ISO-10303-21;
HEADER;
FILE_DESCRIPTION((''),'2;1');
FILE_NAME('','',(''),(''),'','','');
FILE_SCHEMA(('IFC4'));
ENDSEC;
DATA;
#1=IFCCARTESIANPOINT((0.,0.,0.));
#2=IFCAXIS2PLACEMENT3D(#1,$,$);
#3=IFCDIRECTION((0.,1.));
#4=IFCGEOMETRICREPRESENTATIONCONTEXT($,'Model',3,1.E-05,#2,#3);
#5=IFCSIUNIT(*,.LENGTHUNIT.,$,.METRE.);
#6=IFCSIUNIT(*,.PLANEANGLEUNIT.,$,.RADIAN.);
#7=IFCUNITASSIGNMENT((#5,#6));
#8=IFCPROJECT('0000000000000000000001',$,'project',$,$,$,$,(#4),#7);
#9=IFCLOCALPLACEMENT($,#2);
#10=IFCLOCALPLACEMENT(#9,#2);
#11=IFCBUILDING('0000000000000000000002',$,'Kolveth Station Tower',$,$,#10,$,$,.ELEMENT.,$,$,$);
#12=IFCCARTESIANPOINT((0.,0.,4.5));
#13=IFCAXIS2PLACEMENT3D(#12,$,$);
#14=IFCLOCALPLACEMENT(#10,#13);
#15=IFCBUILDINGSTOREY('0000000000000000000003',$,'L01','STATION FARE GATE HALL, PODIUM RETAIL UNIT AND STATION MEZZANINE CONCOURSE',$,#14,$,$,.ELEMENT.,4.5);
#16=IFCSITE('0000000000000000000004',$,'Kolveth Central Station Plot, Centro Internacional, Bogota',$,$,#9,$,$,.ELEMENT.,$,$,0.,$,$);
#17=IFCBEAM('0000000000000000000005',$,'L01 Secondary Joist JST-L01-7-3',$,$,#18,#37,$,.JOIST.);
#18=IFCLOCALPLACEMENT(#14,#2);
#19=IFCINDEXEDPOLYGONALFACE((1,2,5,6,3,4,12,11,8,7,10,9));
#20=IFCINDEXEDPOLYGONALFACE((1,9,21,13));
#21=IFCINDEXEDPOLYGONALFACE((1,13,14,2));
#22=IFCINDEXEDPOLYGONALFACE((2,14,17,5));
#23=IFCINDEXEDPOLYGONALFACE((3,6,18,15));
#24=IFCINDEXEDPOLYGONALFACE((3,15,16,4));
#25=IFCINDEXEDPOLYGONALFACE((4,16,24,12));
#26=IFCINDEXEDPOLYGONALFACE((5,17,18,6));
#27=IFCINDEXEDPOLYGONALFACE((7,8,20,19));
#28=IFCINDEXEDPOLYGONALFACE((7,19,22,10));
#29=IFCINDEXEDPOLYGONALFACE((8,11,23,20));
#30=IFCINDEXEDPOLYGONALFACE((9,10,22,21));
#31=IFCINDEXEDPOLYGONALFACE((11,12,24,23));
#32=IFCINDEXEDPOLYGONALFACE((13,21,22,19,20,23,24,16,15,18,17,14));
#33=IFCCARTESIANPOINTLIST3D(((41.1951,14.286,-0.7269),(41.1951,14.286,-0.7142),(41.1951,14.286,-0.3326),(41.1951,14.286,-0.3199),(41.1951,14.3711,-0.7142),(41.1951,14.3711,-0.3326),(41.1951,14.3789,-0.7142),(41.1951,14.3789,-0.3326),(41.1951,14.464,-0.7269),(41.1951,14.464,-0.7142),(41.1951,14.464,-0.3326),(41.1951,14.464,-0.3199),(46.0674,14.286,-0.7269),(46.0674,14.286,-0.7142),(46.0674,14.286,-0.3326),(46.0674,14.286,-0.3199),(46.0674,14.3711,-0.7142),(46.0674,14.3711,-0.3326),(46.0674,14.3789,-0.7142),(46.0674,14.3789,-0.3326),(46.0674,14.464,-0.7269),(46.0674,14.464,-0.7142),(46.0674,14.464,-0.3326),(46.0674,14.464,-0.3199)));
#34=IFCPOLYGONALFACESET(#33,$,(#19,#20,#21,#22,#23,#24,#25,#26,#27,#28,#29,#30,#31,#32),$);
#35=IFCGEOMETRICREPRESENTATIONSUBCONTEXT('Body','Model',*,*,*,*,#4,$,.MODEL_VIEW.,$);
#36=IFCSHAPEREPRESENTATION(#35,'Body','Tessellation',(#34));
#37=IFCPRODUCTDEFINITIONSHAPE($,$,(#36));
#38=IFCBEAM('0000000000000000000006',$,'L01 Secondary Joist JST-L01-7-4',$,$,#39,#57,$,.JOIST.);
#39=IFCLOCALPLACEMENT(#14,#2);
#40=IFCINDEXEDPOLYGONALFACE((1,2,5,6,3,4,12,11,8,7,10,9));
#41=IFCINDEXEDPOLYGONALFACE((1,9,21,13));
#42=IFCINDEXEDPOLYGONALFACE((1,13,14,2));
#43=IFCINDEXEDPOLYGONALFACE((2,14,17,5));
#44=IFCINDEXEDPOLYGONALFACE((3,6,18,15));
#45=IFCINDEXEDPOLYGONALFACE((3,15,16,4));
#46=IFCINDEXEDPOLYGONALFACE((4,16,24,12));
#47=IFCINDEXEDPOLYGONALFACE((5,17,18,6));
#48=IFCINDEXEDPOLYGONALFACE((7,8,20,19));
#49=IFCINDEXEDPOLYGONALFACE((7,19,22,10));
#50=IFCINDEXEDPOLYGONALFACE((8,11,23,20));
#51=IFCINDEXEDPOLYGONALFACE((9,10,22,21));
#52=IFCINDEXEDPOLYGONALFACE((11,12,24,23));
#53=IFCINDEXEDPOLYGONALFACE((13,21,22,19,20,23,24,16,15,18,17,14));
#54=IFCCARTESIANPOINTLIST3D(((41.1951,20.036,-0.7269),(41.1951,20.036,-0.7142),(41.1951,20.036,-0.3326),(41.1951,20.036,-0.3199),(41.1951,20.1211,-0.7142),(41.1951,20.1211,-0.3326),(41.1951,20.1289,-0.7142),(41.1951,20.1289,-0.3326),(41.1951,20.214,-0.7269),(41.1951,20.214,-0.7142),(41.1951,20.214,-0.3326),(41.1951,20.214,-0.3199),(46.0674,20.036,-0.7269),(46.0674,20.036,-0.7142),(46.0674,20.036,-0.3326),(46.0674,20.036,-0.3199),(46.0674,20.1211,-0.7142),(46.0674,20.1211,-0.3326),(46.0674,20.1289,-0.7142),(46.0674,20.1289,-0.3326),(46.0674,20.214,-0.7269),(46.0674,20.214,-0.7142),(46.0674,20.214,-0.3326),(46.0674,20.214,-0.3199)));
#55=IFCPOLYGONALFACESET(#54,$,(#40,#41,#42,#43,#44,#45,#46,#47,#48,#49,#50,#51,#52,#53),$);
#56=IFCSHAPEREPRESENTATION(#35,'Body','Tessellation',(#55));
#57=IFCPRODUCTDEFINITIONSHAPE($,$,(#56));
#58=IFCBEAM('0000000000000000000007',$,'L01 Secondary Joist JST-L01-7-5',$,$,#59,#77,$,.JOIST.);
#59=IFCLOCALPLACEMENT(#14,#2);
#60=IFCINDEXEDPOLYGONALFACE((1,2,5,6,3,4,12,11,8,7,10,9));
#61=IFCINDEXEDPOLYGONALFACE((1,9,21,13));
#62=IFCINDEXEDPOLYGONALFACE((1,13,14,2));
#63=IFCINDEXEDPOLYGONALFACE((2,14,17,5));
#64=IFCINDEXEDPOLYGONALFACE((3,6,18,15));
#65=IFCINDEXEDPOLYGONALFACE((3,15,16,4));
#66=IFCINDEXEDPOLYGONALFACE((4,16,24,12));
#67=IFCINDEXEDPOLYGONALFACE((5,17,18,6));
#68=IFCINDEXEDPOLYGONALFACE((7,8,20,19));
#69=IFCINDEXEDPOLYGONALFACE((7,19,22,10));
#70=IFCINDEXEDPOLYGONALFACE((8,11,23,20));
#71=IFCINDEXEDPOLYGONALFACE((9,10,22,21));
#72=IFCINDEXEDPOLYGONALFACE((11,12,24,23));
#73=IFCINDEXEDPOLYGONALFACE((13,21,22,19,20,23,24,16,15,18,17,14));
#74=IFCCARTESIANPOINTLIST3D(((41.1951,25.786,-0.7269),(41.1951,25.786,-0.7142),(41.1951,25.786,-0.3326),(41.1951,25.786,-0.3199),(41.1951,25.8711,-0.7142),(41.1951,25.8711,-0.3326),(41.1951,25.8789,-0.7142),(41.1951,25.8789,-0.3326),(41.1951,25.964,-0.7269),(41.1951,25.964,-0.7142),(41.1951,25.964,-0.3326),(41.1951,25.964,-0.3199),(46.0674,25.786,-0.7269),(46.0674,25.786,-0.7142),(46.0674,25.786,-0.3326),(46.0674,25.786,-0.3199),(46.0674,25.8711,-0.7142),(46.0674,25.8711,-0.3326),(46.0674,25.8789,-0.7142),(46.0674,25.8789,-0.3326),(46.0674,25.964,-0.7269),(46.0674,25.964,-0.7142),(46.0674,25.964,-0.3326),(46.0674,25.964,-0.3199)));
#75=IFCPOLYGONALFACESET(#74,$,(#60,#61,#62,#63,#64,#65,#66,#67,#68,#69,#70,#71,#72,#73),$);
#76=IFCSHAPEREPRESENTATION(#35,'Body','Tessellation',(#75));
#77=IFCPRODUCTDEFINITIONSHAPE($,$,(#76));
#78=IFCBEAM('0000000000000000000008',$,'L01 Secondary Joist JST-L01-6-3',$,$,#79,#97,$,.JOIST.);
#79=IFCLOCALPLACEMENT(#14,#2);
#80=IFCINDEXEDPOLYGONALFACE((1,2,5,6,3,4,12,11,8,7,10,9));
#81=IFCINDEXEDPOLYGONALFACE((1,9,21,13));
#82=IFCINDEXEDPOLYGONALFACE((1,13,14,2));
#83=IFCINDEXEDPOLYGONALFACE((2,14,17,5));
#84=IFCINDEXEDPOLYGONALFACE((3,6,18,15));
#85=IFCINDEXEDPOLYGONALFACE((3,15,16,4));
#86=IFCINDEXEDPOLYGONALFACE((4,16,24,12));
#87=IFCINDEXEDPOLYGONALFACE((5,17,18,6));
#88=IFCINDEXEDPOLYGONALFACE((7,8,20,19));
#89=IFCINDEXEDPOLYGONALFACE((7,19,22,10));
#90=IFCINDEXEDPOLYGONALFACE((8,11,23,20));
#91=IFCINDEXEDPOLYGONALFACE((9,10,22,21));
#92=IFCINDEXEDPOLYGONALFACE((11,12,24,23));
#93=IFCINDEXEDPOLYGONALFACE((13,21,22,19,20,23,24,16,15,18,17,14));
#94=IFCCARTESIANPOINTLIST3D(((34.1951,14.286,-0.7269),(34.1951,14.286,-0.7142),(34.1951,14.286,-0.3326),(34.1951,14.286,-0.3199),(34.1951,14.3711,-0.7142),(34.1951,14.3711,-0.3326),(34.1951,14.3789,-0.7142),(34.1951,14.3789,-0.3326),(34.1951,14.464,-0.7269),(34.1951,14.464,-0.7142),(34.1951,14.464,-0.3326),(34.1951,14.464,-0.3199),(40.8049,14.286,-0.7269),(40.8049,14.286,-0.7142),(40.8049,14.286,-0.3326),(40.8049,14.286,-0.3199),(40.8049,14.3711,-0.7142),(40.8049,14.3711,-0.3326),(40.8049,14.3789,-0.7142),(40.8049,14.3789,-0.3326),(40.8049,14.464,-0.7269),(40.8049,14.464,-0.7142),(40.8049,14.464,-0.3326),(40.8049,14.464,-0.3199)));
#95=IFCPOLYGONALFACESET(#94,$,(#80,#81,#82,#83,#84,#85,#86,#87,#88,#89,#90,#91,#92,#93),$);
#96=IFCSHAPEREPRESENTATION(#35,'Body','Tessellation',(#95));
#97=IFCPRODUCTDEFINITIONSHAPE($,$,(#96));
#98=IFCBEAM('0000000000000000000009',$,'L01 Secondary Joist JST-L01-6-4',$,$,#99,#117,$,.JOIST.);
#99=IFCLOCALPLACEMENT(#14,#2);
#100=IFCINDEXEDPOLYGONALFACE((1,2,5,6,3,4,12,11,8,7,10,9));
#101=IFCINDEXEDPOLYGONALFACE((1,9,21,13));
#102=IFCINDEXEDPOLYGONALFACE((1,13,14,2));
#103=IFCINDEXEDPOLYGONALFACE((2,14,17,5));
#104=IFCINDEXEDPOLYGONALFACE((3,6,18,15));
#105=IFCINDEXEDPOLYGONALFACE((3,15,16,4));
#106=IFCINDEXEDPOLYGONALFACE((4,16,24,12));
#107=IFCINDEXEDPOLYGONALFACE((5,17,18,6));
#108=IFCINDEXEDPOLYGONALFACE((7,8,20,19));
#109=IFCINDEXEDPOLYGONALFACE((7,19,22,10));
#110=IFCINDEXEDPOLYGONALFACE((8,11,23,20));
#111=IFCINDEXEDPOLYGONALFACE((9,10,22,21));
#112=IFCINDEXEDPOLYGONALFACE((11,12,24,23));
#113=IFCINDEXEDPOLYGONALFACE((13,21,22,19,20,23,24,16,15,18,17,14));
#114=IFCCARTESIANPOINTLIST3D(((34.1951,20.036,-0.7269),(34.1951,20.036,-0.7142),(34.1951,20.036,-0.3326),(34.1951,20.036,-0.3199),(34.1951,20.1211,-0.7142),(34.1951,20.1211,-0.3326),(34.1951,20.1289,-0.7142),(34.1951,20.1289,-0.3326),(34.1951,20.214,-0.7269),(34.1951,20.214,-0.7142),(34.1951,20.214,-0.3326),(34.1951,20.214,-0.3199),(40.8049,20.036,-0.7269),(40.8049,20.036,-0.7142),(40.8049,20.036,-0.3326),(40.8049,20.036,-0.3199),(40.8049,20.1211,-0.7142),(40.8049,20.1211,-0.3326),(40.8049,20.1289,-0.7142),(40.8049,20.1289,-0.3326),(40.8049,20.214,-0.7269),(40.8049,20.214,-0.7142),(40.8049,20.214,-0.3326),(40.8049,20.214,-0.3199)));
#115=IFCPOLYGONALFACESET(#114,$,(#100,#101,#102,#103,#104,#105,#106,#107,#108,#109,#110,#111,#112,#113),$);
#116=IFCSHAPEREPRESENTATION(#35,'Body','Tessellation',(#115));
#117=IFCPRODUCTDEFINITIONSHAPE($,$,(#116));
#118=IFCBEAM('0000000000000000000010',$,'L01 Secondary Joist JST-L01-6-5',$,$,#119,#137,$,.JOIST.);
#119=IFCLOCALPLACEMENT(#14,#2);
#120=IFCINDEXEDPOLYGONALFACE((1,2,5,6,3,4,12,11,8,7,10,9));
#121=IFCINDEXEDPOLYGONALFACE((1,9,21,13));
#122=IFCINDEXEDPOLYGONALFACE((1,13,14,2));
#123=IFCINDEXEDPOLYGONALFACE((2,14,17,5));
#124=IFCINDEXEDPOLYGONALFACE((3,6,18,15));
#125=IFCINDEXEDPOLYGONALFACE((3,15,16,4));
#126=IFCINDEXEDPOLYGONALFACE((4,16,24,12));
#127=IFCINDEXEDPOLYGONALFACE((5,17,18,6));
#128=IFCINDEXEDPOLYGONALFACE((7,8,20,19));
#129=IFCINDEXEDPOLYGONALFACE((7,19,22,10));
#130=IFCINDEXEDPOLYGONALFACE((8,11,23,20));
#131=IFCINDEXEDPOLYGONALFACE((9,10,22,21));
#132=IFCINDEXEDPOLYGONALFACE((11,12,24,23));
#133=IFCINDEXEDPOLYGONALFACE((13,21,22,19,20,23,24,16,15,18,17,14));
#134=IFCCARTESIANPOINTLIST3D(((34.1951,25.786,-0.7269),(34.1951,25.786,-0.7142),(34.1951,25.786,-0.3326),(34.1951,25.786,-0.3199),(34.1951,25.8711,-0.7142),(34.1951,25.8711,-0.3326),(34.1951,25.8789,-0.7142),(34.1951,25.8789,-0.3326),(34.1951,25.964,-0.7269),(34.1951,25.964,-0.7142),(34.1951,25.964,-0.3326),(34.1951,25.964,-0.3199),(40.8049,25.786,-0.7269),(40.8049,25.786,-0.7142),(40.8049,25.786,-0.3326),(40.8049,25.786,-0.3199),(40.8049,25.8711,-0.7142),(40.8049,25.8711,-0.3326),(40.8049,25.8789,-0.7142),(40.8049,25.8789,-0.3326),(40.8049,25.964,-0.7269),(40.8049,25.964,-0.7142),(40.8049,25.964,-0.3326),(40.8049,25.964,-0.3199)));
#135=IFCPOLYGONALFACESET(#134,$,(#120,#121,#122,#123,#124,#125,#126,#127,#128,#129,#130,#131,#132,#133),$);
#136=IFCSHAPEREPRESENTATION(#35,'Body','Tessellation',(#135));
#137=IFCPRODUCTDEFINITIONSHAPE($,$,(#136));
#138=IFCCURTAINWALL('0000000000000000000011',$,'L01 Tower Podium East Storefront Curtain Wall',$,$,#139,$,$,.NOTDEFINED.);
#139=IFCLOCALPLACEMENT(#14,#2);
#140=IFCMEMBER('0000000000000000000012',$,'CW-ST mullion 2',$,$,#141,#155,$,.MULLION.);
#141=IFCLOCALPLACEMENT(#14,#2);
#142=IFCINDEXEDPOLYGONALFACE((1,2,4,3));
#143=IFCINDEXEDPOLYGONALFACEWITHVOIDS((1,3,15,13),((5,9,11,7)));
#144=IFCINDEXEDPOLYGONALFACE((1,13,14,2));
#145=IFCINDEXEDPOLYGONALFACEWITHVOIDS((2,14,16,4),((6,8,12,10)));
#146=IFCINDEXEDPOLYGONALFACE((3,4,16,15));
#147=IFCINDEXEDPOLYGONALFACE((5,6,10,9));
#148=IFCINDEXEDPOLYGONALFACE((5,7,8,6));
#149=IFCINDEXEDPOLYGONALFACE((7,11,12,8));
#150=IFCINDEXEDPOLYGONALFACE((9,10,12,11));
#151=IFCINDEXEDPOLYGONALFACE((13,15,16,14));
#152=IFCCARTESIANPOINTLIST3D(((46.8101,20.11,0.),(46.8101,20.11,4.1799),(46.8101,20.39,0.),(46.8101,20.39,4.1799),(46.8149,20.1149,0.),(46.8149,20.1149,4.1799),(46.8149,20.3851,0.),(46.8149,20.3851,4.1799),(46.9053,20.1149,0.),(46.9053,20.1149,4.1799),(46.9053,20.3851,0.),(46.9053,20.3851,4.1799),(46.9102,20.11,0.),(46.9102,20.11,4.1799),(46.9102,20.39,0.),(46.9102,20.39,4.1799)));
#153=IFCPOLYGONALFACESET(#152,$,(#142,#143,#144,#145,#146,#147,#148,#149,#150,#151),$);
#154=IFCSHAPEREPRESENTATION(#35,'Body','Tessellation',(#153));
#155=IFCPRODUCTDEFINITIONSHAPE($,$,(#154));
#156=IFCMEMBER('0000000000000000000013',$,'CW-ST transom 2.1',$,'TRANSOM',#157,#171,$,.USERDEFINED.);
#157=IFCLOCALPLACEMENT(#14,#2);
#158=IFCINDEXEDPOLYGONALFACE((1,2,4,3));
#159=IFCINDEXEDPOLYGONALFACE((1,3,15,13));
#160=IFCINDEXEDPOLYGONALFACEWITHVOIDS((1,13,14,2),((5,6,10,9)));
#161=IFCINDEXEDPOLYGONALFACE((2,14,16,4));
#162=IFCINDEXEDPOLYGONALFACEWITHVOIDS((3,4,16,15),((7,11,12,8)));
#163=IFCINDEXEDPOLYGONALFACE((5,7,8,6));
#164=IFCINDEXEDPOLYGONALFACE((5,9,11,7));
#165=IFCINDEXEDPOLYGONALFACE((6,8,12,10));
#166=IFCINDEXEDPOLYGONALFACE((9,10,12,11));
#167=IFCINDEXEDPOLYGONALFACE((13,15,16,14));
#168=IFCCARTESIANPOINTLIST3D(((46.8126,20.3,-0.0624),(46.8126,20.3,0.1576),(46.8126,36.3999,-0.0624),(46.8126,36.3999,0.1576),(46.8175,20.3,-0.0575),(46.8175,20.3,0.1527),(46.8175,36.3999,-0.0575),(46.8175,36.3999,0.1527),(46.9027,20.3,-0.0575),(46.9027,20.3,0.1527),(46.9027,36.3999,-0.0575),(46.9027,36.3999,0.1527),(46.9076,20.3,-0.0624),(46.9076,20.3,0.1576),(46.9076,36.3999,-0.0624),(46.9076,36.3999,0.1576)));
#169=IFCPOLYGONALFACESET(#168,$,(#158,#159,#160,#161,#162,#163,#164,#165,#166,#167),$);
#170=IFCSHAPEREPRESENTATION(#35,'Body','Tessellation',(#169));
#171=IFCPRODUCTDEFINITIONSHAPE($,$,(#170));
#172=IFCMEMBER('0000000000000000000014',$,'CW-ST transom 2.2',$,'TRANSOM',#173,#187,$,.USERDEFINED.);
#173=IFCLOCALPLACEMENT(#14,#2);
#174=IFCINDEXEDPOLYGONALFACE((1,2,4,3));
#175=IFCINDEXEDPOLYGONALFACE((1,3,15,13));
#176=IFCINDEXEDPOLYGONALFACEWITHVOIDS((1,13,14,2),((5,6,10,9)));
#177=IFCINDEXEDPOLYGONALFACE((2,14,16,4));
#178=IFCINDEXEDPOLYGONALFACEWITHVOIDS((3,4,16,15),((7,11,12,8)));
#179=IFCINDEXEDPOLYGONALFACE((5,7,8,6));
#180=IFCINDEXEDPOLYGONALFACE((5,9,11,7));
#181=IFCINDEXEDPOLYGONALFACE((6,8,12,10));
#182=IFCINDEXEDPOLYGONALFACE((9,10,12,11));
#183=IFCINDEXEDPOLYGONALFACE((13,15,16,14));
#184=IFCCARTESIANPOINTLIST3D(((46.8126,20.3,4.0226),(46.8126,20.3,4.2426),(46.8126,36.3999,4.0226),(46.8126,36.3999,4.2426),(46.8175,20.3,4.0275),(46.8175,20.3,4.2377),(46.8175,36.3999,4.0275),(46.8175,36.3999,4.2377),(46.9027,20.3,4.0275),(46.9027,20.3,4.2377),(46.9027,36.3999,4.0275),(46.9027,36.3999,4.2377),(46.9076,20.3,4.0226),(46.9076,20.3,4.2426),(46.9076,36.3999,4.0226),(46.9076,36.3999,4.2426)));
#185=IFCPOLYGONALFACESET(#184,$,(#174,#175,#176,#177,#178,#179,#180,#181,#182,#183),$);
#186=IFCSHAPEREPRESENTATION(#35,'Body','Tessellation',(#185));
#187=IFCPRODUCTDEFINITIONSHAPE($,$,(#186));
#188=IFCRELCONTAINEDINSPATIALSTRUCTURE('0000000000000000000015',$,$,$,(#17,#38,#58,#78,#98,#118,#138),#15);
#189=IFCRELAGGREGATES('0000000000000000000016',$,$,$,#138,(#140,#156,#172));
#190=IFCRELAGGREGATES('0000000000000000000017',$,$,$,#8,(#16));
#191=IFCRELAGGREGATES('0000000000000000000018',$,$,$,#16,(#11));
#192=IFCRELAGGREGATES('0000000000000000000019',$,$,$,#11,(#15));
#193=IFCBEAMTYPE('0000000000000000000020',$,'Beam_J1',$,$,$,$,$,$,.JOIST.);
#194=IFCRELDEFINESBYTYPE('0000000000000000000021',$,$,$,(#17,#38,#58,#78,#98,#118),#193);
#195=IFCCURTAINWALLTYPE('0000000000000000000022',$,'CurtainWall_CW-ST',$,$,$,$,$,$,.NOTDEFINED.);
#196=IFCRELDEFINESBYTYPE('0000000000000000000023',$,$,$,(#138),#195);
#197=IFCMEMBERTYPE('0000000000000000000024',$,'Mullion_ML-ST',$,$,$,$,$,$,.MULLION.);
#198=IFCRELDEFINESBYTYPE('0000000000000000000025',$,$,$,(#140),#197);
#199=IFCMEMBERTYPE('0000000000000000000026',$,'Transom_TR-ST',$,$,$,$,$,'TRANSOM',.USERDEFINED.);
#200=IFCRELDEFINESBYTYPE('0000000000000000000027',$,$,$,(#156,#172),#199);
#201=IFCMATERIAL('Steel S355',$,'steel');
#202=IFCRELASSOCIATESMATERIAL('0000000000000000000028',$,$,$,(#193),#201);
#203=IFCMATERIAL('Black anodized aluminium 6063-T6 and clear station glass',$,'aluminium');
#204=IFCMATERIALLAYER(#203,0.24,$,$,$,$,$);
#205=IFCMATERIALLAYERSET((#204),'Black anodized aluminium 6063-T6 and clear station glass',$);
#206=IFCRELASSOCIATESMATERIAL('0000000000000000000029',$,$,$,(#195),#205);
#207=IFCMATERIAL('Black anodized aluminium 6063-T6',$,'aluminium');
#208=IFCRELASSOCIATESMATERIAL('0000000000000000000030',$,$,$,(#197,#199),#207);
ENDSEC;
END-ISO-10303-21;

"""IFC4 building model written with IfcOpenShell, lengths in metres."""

from ifc_helpers import new_model, si_unit, direction, frame, origin, origin_2d, place, context, subcontext, project, spatial, hollow_rectangle, i_section, extrude, source, transform, mapped, material, layer, layer_set, material_profile, profile_set, type_object, element, aggregate, save


model = new_model("IFC4")

# Units and contexts
model_context = context("Model", 3, precision=1e-05, world=origin(), true_north=direction((0.0, 1.0)))
body_context = subcontext(model_context, "Body", "Model", "MODEL_VIEW")
ifc_project = project(units=[si_unit("LENGTHUNIT", "METRE"), si_unit("PLANEANGLEUNIT", "RADIAN")], contexts=[model_context])

# Site, building, storey
site_placement = place(None, origin())
site = spatial("IfcSite", under=ifc_project, at=site_placement, Name="Kolveth Central Station Plot, Centro Internacional, Bogota", CompositionType="ELEMENT", RefElevation=0.0)
building_placement = place(site_placement, origin())
building = spatial("IfcBuilding", under=site, at=building_placement, Name="Kolveth Station Tower", CompositionType="ELEMENT")
storey_placement = place(building_placement, frame((0.0, 0.0, 4.5)))
storey = spatial("IfcBuildingStorey", under=building, at=storey_placement, Name="L01", Description="STATION FARE GATE HALL, PODIUM RETAIL UNIT AND STATION MEZZANINE CONCOURSE", CompositionType="ELEMENT", Elevation=4.5)

# Beams
ifc_material_1 = material(Name="Steel S355", Category="steel")
ifc_material_profile_1 = material_profile(ifc_material_1, i_section(OverallWidth=0.178, OverallDepth=0.407, WebThickness=0.0078, FlangeThickness=0.0127, at=origin_2d()), Name="W410x60")
ifc_profile_set_1 = profile_set([ifc_material_profile_1], Name="Steel S355")
beam_type_1 = type_object("IfcBeamType", Name="Beam_J1", PredefinedType="JOIST", material=ifc_profile_set_1)
shared_shape_1 = source(origin(), body_context, "Body", "SweptSolid", [
    extrude(i_section(OverallWidth=0.178, OverallDepth=0.407, WebThickness=0.0078, FlangeThickness=0.0127, at=origin_2d()), origin(), (0.0, 0.0, 1.0), 4.8723),
])
for number, where, z_axis, x_axis, name in (
    (1, (41.1951, 14.375, -0.5234), (1.0, 0.0, 0.0), (0.0, 1.0, 0.0), "L01 Secondary Joist JST-L01-7-3"),
    (2, (41.1951, 20.125, -0.5234), (1.0, 0.0, 0.0), (0.0, 1.0, 0.0), "L01 Secondary Joist JST-L01-7-4"),
    (3, (41.1951, 25.875, -0.5234), (1.0, 0.0, 0.0), (0.0, 1.0, 0.0), "L01 Secondary Joist JST-L01-7-5"),
):
    element("IfcBeam", number, at=place(storey_placement, frame(where, z_axis=z_axis, x_axis=x_axis)), inside=storey, type_object=beam_type_1, Name=name, PredefinedType="JOIST", context=body_context, shape_type="MappedRepresentation", body=[
        mapped(shared_shape_1, transform((0.0, 0.0, 0.0), x_axis=(1.0, 0.0, 0.0), y_axis=(0.0, 1.0, 0.0), z_axis=(0.0, 0.0, 1.0), scale=1.0)),
    ])
shared_shape_2 = source(origin(), body_context, "Body", "SweptSolid", [
    extrude(i_section(OverallWidth=0.178, OverallDepth=0.407, WebThickness=0.0078, FlangeThickness=0.0127, at=origin_2d()), origin(), (0.0, 0.0, 1.0), 6.6099),
])
for number, where, z_axis, x_axis, name in (
    (4, (34.1951, 14.375, -0.5234), (1.0, 0.0, 0.0), (0.0, 1.0, 0.0), "L01 Secondary Joist JST-L01-6-3"),
    (5, (34.1951, 20.125, -0.5234), (1.0, 0.0, 0.0), (0.0, 1.0, 0.0), "L01 Secondary Joist JST-L01-6-4"),
    (6, (34.1951, 25.875, -0.5234), (1.0, 0.0, 0.0), (0.0, 1.0, 0.0), "L01 Secondary Joist JST-L01-6-5"),
):
    element("IfcBeam", number, at=place(storey_placement, frame(where, z_axis=z_axis, x_axis=x_axis)), inside=storey, type_object=beam_type_1, Name=name, PredefinedType="JOIST", context=body_context, shape_type="MappedRepresentation", body=[
        mapped(shared_shape_2, transform((0.0, 0.0, 0.0), x_axis=(1.0, 0.0, 0.0), y_axis=(0.0, 1.0, 0.0), z_axis=(0.0, 0.0, 1.0), scale=1.0)),
    ])

# Curtain wall, members
ifc_material_2 = material(Name="Black anodized aluminium 6063-T6 and clear station glass", Category="aluminium")
ifc_layer_1 = layer(ifc_material_2, 0.24)
ifc_layer_set_1 = layer_set([ifc_layer_1], Name="Black anodized aluminium 6063-T6 and clear station glass")
curtain_wall_type = type_object("IfcCurtainWallType", Name="CurtainWall_CW-ST", PredefinedType="NOTDEFINED", material=ifc_layer_set_1)
curtain_wall_placement = place(storey_placement, origin())
curtain_wall = element("IfcCurtainWall", 7, at=curtain_wall_placement, inside=storey, type_object=curtain_wall_type, Name="L01 Tower Podium East Storefront Curtain Wall", PredefinedType="NOTDEFINED")
ifc_material_3 = material(Name="Black anodized aluminium 6063-T6", Category="aluminium")
ifc_material_profile_2 = material_profile(ifc_material_3, hollow_rectangle(XDim=0.1001, YDim=0.28, WallThickness=0.0049, at=origin_2d()), Name="ALU-100x280x5")
ifc_profile_set_2 = profile_set([ifc_material_profile_2], Name="Black anodized aluminium 6063-T6")
member_type_1 = type_object("IfcMemberType", Name="Mullion_ML-ST", PredefinedType="MULLION", material=ifc_profile_set_2)
shared_shape_3 = source(origin(), body_context, "Body", "SweptSolid", [
    extrude(hollow_rectangle(XDim=0.1001, YDim=0.28, WallThickness=0.0049, at=origin_2d()), origin(), (0.0, 0.0, 1.0), 4.1799),
])
member_1_placement = place(storey_placement, frame((46.8601, 20.25, 0.0), z_axis=(0.0, 0.0, 1.0), x_axis=(-1.0, 0.0, 0.0)))
member_1 = element("IfcMember", 8, at=member_1_placement, type_object=member_type_1, Name="CW-ST mullion 2", PredefinedType="MULLION", context=body_context, shape_type="MappedRepresentation", body=[
    mapped(shared_shape_3, transform((0.0, 0.0, 0.0), x_axis=(1.0, 0.0, 0.0), y_axis=(0.0, 1.0, 0.0), z_axis=(0.0, 0.0, 1.0), scale=1.0)),
])
ifc_material_profile_3 = material_profile(ifc_material_3, hollow_rectangle(XDim=0.095, YDim=0.22, WallThickness=0.0049, at=origin_2d()), Name="ALU-95x220x5")
ifc_profile_set_3 = profile_set([ifc_material_profile_3], Name="Black anodized aluminium 6063-T6")
member_type_2 = type_object("IfcMemberType", Name="Transom_TR-ST", ElementType="TRANSOM", PredefinedType="USERDEFINED", material=ifc_profile_set_3)
shared_shape_4 = source(origin(), body_context, "Body", "SweptSolid", [
    extrude(hollow_rectangle(XDim=0.095, YDim=0.22, WallThickness=0.0049, at=origin_2d()), origin(), (0.0, 0.0, 1.0), 16.0999),
])
member_2_placement = place(storey_placement, frame((46.8601, 20.3, 0.0476), z_axis=(0.0, 1.0, 0.0), x_axis=(-1.0, 0.0, 0.0)))
member_2 = element("IfcMember", 9, at=member_2_placement, type_object=member_type_2, Name="CW-ST transom 2.1", ObjectType="TRANSOM", PredefinedType="USERDEFINED", context=body_context, shape_type="MappedRepresentation", body=[
    mapped(shared_shape_4, transform((0.0, 0.0, 0.0), x_axis=(1.0, 0.0, 0.0), y_axis=(0.0, 1.0, 0.0), z_axis=(0.0, 0.0, 1.0), scale=1.0)),
])
member_3_placement = place(storey_placement, frame((46.8601, 20.3, 4.1326), z_axis=(0.0, 1.0, 0.0), x_axis=(-1.0, 0.0, 0.0)))
member_3 = element("IfcMember", 10, at=member_3_placement, type_object=member_type_2, Name="CW-ST transom 2.2", ObjectType="TRANSOM", PredefinedType="USERDEFINED", context=body_context, shape_type="MappedRepresentation", body=[
    mapped(shared_shape_4, transform((0.0, 0.0, 0.0), x_axis=(1.0, 0.0, 0.0), y_axis=(0.0, 1.0, 0.0), z_axis=(0.0, 0.0, 1.0), scale=1.0)),
])
aggregate(curtain_wall, [member_1, member_2, member_3])

save(model, "model.ifc")
